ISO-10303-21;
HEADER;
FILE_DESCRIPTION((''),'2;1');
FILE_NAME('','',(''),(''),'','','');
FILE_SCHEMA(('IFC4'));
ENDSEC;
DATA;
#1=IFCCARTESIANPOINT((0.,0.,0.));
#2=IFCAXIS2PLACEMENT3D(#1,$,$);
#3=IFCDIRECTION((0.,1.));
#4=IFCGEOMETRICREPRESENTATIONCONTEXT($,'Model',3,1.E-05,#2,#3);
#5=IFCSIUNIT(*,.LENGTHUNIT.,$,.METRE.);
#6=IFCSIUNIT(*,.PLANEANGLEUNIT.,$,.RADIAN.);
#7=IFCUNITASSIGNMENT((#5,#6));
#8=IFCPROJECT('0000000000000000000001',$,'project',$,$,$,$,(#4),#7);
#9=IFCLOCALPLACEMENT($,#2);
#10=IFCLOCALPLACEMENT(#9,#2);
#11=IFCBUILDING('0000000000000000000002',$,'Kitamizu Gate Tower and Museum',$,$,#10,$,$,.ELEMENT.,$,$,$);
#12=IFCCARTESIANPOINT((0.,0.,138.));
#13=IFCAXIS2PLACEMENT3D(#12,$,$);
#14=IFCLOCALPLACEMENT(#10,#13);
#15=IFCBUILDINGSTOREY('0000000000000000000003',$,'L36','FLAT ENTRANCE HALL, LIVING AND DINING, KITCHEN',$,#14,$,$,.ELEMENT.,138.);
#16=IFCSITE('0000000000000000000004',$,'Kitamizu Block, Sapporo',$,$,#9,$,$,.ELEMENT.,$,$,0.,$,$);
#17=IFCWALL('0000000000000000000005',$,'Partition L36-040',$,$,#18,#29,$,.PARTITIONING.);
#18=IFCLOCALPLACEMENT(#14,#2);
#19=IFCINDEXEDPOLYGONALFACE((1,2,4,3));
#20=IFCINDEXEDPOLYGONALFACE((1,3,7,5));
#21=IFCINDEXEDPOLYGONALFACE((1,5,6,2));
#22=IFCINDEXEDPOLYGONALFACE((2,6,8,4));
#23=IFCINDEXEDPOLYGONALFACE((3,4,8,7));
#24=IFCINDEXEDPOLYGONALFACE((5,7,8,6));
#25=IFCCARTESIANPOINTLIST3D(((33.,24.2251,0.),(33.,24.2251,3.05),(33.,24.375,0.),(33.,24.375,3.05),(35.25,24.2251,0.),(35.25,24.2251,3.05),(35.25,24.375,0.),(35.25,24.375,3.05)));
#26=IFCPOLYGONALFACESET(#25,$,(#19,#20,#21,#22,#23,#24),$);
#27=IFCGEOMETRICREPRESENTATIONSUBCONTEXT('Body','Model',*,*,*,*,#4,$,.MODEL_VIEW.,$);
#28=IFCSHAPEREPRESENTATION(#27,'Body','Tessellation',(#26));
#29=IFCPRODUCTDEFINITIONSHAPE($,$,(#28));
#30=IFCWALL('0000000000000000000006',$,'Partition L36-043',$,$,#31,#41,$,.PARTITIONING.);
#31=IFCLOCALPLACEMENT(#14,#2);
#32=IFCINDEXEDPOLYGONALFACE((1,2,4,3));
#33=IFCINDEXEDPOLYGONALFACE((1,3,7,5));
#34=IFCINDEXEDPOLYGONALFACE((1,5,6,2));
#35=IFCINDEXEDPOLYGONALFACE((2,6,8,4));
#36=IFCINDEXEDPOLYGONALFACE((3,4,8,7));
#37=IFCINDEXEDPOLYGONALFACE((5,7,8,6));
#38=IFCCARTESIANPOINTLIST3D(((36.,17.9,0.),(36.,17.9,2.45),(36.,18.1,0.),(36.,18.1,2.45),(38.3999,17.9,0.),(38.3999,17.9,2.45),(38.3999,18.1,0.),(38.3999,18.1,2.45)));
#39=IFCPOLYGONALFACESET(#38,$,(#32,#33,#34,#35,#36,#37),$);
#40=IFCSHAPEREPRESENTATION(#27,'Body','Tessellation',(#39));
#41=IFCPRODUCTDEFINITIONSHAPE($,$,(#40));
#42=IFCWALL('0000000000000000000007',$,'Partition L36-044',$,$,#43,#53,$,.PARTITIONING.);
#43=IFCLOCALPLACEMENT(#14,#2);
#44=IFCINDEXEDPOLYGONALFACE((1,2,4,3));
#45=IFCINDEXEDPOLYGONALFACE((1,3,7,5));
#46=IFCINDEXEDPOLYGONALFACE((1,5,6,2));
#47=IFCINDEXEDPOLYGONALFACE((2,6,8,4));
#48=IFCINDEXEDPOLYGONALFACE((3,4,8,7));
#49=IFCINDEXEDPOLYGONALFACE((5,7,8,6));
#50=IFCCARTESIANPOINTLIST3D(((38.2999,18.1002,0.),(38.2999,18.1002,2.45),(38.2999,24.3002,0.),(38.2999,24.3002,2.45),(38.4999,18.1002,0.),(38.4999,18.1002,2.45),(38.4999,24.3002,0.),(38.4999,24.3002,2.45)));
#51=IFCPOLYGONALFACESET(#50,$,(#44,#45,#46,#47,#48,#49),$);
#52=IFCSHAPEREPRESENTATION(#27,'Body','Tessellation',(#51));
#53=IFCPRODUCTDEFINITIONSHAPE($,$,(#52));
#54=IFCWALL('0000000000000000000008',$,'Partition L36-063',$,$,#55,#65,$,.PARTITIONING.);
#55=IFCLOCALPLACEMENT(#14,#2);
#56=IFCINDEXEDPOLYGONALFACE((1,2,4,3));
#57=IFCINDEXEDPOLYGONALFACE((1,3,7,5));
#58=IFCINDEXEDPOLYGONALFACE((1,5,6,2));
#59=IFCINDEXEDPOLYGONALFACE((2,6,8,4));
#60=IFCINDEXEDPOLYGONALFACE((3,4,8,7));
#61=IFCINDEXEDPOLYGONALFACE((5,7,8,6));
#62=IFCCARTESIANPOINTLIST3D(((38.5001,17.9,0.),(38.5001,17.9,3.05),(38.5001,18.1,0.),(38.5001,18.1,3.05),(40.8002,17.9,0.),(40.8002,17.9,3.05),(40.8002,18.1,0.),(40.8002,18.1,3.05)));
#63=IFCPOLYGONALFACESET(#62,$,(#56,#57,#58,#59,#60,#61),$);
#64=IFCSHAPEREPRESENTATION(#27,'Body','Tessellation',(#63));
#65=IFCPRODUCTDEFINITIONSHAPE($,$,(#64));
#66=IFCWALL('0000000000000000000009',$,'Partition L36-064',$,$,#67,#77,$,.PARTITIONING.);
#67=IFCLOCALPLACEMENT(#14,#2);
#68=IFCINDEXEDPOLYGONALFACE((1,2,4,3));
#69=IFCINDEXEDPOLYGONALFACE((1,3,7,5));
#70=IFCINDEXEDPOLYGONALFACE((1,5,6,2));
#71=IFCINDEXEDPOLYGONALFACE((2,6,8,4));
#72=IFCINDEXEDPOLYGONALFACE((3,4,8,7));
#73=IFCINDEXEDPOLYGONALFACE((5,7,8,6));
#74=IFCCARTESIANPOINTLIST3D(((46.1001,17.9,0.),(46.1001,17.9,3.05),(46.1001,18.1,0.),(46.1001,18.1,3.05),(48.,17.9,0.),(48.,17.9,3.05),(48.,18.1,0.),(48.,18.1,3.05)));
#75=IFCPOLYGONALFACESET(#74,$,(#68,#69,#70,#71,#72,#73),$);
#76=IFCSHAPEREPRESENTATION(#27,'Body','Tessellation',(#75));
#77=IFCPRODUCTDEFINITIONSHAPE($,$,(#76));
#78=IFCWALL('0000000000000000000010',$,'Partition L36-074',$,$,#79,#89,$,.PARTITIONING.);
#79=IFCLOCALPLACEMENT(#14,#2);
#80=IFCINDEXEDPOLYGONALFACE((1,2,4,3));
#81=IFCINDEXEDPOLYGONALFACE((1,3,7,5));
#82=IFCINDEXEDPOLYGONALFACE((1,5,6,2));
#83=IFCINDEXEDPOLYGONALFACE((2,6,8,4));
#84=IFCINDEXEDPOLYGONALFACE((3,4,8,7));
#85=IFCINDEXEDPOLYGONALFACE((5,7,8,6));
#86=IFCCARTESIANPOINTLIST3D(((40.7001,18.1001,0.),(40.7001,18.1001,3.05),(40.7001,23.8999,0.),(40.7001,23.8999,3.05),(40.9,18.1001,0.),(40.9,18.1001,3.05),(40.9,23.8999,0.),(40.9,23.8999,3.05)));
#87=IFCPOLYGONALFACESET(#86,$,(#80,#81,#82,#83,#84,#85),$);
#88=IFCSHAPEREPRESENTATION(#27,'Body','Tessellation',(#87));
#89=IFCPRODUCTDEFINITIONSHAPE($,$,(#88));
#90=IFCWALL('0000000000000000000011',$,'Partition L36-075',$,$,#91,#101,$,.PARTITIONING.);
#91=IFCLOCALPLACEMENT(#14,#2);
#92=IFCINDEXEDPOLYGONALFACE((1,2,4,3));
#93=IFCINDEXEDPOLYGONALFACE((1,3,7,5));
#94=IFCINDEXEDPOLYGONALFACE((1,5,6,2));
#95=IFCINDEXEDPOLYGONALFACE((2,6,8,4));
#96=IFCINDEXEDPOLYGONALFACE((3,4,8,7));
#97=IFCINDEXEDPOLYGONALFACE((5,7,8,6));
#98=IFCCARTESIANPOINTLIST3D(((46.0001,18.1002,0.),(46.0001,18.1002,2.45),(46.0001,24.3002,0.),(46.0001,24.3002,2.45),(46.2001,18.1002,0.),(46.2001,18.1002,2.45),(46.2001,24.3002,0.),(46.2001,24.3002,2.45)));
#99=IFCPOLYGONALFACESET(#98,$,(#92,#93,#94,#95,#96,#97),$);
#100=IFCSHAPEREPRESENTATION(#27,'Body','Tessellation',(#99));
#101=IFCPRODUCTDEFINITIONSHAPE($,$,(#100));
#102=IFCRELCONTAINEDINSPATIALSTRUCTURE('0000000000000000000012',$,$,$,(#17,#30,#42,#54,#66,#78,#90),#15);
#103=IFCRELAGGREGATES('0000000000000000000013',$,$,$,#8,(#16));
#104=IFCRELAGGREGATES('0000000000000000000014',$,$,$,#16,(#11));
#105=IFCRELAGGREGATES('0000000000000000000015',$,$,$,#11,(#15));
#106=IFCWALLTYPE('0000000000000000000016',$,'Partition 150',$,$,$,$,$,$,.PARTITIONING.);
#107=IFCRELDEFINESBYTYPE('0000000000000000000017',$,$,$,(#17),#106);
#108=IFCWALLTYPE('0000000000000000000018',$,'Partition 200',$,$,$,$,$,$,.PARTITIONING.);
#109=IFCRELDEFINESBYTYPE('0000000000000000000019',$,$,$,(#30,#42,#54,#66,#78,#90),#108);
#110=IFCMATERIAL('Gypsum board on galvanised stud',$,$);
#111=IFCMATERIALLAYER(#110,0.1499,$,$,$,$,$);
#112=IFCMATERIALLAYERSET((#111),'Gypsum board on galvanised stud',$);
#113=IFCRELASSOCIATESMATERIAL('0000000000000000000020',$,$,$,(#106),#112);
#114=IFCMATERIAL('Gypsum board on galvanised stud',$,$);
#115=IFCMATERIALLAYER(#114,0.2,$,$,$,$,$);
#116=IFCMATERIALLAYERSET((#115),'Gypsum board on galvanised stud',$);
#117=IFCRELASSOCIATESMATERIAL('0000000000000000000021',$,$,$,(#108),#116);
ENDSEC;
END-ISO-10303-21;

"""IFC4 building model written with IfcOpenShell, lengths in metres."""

from ifc_helpers import new_model, si_unit, direction, frame, frame_2d, origin, place, context, subcontext, project, spatial, rectangle, extrude, material, layer, layer_set, type_object, element, save


model = new_model("IFC4")

# Units and contexts
model_context = context("Model", 3, precision=1e-05, world=origin(), true_north=direction((0.0, 1.0)))
body_context = subcontext(model_context, "Body", "Model", "MODEL_VIEW")
ifc_project = project(units=[si_unit("LENGTHUNIT", "METRE"), si_unit("PLANEANGLEUNIT", "RADIAN")], contexts=[model_context])

# Site, building, storey
site_placement = place(None, origin())
site = spatial("IfcSite", under=ifc_project, at=site_placement, Name="Kitamizu Block, Sapporo", CompositionType="ELEMENT", RefElevation=0.0)
building_placement = place(site_placement, origin())
building = spatial("IfcBuilding", under=site, at=building_placement, Name="Kitamizu Gate Tower and Museum", CompositionType="ELEMENT")
storey_placement = place(building_placement, frame((0.0, 0.0, 138.0)))
storey = spatial("IfcBuildingStorey", under=building, at=storey_placement, Name="L36", Description="FLAT ENTRANCE HALL, LIVING AND DINING, KITCHEN", CompositionType="ELEMENT", Elevation=138.0)

# Walls
ifc_material_1 = material(Name="Gypsum board on galvanised stud")
ifc_layer_1 = layer(ifc_material_1, 0.1499)
ifc_layer_set_1 = layer_set([ifc_layer_1], Name="Gypsum board on galvanised stud")
wall_type_1 = type_object("IfcWallType", Name="Partition 150", PredefinedType="PARTITIONING", material=ifc_layer_set_1)
wall_1_placement = place(storey_placement, frame((35.25, 24.3, 0.0), z_axis=(0.0, 0.0, 1.0), x_axis=(-1.0, 0.0, 0.0)))
element("IfcWall", 1, at=wall_1_placement, inside=storey, type_object=wall_type_1, Name="Partition L36-040", PredefinedType="PARTITIONING", context=body_context, shape_type="SweptSolid", body=[
    extrude(rectangle(XDim=2.25, YDim=0.1499, at=frame_2d((1.125, 0.0))), origin(), (0.0, 0.0, 1.0), 3.05),
])
ifc_material_2 = material(Name="Gypsum board on galvanised stud")
ifc_layer_2 = layer(ifc_material_2, 0.2)
ifc_layer_set_2 = layer_set([ifc_layer_2], Name="Gypsum board on galvanised stud")
wall_type_2 = type_object("IfcWallType", Name="Partition 200", PredefinedType="PARTITIONING", material=ifc_layer_set_2)
wall_2_placement = place(storey_placement, frame((36.0, 18.0, 0.0), z_axis=(0.0, 0.0, 1.0), x_axis=(1.0, 0.0, 0.0)))
element("IfcWall", 2, at=wall_2_placement, inside=storey, type_object=wall_type_2, Name="Partition L36-043", PredefinedType="PARTITIONING", context=body_context, shape_type="SweptSolid", body=[
    extrude(rectangle(XDim=2.3999, YDim=0.2, at=frame_2d((1.2, 0.0))), origin(), (0.0, 0.0, 1.0), 2.45),
])
wall_3_placement = place(storey_placement, frame((38.3999, 18.1001, 0.0), z_axis=(0.0, 0.0, 1.0), x_axis=(0.0, 1.0, 0.0)))
element("IfcWall", 3, at=wall_3_placement, inside=storey, type_object=wall_type_2, Name="Partition L36-044", PredefinedType="PARTITIONING", context=body_context, shape_type="SweptSolid", body=[
    extrude(rectangle(XDim=6.2, YDim=0.2, at=frame_2d((3.1001, 0.0))), origin(), (0.0, 0.0, 1.0), 2.45),
])
wall_4_placement = place(storey_placement, frame((40.8, 18.0, 0.0), z_axis=(0.0, 0.0, 1.0), x_axis=(-1.0, 0.0, 0.0)))
element("IfcWall", 4, at=wall_4_placement, inside=storey, type_object=wall_type_2, Name="Partition L36-063", PredefinedType="PARTITIONING", context=body_context, shape_type="SweptSolid", body=[
    extrude(rectangle(XDim=2.3, YDim=0.2, at=frame_2d((1.1499, 0.0))), origin(), (0.0, 0.0, 1.0), 3.05),
])
wall_5_placement = place(storey_placement, frame((48.0, 18.0, 0.0), z_axis=(0.0, 0.0, 1.0), x_axis=(-1.0, 0.0, 0.0)))
element("IfcWall", 5, at=wall_5_placement, inside=storey, type_object=wall_type_2, Name="Partition L36-064", PredefinedType="PARTITIONING", context=body_context, shape_type="SweptSolid", body=[
    extrude(rectangle(XDim=1.8999, YDim=0.2, at=frame_2d((0.95, 0.0))), origin(), (0.0, 0.0, 1.0), 3.05),
])
wall_6_placement = place(storey_placement, frame((40.8, 23.8999, 0.0), z_axis=(0.0, 0.0, 1.0), x_axis=(0.0, -1.0, 0.0)))
element("IfcWall", 6, at=wall_6_placement, inside=storey, type_object=wall_type_2, Name="Partition L36-074", PredefinedType="PARTITIONING", context=body_context, shape_type="SweptSolid", body=[
    extrude(rectangle(XDim=5.7998, YDim=0.2, at=frame_2d((2.8999, 0.0))), origin(), (0.0, 0.0, 1.0), 3.05),
])
wall_7_placement = place(storey_placement, frame((46.1001, 18.1001, 0.0), z_axis=(0.0, 0.0, 1.0), x_axis=(0.0, 1.0, 0.0)))
element("IfcWall", 7, at=wall_7_placement, inside=storey, type_object=wall_type_2, Name="Partition L36-075", PredefinedType="PARTITIONING", context=body_context, shape_type="SweptSolid", body=[
    extrude(rectangle(XDim=6.2, YDim=0.2, at=frame_2d((3.1001, 0.0))), origin(), (0.0, 0.0, 1.0), 2.45),
])

save(model, "model.ifc")
